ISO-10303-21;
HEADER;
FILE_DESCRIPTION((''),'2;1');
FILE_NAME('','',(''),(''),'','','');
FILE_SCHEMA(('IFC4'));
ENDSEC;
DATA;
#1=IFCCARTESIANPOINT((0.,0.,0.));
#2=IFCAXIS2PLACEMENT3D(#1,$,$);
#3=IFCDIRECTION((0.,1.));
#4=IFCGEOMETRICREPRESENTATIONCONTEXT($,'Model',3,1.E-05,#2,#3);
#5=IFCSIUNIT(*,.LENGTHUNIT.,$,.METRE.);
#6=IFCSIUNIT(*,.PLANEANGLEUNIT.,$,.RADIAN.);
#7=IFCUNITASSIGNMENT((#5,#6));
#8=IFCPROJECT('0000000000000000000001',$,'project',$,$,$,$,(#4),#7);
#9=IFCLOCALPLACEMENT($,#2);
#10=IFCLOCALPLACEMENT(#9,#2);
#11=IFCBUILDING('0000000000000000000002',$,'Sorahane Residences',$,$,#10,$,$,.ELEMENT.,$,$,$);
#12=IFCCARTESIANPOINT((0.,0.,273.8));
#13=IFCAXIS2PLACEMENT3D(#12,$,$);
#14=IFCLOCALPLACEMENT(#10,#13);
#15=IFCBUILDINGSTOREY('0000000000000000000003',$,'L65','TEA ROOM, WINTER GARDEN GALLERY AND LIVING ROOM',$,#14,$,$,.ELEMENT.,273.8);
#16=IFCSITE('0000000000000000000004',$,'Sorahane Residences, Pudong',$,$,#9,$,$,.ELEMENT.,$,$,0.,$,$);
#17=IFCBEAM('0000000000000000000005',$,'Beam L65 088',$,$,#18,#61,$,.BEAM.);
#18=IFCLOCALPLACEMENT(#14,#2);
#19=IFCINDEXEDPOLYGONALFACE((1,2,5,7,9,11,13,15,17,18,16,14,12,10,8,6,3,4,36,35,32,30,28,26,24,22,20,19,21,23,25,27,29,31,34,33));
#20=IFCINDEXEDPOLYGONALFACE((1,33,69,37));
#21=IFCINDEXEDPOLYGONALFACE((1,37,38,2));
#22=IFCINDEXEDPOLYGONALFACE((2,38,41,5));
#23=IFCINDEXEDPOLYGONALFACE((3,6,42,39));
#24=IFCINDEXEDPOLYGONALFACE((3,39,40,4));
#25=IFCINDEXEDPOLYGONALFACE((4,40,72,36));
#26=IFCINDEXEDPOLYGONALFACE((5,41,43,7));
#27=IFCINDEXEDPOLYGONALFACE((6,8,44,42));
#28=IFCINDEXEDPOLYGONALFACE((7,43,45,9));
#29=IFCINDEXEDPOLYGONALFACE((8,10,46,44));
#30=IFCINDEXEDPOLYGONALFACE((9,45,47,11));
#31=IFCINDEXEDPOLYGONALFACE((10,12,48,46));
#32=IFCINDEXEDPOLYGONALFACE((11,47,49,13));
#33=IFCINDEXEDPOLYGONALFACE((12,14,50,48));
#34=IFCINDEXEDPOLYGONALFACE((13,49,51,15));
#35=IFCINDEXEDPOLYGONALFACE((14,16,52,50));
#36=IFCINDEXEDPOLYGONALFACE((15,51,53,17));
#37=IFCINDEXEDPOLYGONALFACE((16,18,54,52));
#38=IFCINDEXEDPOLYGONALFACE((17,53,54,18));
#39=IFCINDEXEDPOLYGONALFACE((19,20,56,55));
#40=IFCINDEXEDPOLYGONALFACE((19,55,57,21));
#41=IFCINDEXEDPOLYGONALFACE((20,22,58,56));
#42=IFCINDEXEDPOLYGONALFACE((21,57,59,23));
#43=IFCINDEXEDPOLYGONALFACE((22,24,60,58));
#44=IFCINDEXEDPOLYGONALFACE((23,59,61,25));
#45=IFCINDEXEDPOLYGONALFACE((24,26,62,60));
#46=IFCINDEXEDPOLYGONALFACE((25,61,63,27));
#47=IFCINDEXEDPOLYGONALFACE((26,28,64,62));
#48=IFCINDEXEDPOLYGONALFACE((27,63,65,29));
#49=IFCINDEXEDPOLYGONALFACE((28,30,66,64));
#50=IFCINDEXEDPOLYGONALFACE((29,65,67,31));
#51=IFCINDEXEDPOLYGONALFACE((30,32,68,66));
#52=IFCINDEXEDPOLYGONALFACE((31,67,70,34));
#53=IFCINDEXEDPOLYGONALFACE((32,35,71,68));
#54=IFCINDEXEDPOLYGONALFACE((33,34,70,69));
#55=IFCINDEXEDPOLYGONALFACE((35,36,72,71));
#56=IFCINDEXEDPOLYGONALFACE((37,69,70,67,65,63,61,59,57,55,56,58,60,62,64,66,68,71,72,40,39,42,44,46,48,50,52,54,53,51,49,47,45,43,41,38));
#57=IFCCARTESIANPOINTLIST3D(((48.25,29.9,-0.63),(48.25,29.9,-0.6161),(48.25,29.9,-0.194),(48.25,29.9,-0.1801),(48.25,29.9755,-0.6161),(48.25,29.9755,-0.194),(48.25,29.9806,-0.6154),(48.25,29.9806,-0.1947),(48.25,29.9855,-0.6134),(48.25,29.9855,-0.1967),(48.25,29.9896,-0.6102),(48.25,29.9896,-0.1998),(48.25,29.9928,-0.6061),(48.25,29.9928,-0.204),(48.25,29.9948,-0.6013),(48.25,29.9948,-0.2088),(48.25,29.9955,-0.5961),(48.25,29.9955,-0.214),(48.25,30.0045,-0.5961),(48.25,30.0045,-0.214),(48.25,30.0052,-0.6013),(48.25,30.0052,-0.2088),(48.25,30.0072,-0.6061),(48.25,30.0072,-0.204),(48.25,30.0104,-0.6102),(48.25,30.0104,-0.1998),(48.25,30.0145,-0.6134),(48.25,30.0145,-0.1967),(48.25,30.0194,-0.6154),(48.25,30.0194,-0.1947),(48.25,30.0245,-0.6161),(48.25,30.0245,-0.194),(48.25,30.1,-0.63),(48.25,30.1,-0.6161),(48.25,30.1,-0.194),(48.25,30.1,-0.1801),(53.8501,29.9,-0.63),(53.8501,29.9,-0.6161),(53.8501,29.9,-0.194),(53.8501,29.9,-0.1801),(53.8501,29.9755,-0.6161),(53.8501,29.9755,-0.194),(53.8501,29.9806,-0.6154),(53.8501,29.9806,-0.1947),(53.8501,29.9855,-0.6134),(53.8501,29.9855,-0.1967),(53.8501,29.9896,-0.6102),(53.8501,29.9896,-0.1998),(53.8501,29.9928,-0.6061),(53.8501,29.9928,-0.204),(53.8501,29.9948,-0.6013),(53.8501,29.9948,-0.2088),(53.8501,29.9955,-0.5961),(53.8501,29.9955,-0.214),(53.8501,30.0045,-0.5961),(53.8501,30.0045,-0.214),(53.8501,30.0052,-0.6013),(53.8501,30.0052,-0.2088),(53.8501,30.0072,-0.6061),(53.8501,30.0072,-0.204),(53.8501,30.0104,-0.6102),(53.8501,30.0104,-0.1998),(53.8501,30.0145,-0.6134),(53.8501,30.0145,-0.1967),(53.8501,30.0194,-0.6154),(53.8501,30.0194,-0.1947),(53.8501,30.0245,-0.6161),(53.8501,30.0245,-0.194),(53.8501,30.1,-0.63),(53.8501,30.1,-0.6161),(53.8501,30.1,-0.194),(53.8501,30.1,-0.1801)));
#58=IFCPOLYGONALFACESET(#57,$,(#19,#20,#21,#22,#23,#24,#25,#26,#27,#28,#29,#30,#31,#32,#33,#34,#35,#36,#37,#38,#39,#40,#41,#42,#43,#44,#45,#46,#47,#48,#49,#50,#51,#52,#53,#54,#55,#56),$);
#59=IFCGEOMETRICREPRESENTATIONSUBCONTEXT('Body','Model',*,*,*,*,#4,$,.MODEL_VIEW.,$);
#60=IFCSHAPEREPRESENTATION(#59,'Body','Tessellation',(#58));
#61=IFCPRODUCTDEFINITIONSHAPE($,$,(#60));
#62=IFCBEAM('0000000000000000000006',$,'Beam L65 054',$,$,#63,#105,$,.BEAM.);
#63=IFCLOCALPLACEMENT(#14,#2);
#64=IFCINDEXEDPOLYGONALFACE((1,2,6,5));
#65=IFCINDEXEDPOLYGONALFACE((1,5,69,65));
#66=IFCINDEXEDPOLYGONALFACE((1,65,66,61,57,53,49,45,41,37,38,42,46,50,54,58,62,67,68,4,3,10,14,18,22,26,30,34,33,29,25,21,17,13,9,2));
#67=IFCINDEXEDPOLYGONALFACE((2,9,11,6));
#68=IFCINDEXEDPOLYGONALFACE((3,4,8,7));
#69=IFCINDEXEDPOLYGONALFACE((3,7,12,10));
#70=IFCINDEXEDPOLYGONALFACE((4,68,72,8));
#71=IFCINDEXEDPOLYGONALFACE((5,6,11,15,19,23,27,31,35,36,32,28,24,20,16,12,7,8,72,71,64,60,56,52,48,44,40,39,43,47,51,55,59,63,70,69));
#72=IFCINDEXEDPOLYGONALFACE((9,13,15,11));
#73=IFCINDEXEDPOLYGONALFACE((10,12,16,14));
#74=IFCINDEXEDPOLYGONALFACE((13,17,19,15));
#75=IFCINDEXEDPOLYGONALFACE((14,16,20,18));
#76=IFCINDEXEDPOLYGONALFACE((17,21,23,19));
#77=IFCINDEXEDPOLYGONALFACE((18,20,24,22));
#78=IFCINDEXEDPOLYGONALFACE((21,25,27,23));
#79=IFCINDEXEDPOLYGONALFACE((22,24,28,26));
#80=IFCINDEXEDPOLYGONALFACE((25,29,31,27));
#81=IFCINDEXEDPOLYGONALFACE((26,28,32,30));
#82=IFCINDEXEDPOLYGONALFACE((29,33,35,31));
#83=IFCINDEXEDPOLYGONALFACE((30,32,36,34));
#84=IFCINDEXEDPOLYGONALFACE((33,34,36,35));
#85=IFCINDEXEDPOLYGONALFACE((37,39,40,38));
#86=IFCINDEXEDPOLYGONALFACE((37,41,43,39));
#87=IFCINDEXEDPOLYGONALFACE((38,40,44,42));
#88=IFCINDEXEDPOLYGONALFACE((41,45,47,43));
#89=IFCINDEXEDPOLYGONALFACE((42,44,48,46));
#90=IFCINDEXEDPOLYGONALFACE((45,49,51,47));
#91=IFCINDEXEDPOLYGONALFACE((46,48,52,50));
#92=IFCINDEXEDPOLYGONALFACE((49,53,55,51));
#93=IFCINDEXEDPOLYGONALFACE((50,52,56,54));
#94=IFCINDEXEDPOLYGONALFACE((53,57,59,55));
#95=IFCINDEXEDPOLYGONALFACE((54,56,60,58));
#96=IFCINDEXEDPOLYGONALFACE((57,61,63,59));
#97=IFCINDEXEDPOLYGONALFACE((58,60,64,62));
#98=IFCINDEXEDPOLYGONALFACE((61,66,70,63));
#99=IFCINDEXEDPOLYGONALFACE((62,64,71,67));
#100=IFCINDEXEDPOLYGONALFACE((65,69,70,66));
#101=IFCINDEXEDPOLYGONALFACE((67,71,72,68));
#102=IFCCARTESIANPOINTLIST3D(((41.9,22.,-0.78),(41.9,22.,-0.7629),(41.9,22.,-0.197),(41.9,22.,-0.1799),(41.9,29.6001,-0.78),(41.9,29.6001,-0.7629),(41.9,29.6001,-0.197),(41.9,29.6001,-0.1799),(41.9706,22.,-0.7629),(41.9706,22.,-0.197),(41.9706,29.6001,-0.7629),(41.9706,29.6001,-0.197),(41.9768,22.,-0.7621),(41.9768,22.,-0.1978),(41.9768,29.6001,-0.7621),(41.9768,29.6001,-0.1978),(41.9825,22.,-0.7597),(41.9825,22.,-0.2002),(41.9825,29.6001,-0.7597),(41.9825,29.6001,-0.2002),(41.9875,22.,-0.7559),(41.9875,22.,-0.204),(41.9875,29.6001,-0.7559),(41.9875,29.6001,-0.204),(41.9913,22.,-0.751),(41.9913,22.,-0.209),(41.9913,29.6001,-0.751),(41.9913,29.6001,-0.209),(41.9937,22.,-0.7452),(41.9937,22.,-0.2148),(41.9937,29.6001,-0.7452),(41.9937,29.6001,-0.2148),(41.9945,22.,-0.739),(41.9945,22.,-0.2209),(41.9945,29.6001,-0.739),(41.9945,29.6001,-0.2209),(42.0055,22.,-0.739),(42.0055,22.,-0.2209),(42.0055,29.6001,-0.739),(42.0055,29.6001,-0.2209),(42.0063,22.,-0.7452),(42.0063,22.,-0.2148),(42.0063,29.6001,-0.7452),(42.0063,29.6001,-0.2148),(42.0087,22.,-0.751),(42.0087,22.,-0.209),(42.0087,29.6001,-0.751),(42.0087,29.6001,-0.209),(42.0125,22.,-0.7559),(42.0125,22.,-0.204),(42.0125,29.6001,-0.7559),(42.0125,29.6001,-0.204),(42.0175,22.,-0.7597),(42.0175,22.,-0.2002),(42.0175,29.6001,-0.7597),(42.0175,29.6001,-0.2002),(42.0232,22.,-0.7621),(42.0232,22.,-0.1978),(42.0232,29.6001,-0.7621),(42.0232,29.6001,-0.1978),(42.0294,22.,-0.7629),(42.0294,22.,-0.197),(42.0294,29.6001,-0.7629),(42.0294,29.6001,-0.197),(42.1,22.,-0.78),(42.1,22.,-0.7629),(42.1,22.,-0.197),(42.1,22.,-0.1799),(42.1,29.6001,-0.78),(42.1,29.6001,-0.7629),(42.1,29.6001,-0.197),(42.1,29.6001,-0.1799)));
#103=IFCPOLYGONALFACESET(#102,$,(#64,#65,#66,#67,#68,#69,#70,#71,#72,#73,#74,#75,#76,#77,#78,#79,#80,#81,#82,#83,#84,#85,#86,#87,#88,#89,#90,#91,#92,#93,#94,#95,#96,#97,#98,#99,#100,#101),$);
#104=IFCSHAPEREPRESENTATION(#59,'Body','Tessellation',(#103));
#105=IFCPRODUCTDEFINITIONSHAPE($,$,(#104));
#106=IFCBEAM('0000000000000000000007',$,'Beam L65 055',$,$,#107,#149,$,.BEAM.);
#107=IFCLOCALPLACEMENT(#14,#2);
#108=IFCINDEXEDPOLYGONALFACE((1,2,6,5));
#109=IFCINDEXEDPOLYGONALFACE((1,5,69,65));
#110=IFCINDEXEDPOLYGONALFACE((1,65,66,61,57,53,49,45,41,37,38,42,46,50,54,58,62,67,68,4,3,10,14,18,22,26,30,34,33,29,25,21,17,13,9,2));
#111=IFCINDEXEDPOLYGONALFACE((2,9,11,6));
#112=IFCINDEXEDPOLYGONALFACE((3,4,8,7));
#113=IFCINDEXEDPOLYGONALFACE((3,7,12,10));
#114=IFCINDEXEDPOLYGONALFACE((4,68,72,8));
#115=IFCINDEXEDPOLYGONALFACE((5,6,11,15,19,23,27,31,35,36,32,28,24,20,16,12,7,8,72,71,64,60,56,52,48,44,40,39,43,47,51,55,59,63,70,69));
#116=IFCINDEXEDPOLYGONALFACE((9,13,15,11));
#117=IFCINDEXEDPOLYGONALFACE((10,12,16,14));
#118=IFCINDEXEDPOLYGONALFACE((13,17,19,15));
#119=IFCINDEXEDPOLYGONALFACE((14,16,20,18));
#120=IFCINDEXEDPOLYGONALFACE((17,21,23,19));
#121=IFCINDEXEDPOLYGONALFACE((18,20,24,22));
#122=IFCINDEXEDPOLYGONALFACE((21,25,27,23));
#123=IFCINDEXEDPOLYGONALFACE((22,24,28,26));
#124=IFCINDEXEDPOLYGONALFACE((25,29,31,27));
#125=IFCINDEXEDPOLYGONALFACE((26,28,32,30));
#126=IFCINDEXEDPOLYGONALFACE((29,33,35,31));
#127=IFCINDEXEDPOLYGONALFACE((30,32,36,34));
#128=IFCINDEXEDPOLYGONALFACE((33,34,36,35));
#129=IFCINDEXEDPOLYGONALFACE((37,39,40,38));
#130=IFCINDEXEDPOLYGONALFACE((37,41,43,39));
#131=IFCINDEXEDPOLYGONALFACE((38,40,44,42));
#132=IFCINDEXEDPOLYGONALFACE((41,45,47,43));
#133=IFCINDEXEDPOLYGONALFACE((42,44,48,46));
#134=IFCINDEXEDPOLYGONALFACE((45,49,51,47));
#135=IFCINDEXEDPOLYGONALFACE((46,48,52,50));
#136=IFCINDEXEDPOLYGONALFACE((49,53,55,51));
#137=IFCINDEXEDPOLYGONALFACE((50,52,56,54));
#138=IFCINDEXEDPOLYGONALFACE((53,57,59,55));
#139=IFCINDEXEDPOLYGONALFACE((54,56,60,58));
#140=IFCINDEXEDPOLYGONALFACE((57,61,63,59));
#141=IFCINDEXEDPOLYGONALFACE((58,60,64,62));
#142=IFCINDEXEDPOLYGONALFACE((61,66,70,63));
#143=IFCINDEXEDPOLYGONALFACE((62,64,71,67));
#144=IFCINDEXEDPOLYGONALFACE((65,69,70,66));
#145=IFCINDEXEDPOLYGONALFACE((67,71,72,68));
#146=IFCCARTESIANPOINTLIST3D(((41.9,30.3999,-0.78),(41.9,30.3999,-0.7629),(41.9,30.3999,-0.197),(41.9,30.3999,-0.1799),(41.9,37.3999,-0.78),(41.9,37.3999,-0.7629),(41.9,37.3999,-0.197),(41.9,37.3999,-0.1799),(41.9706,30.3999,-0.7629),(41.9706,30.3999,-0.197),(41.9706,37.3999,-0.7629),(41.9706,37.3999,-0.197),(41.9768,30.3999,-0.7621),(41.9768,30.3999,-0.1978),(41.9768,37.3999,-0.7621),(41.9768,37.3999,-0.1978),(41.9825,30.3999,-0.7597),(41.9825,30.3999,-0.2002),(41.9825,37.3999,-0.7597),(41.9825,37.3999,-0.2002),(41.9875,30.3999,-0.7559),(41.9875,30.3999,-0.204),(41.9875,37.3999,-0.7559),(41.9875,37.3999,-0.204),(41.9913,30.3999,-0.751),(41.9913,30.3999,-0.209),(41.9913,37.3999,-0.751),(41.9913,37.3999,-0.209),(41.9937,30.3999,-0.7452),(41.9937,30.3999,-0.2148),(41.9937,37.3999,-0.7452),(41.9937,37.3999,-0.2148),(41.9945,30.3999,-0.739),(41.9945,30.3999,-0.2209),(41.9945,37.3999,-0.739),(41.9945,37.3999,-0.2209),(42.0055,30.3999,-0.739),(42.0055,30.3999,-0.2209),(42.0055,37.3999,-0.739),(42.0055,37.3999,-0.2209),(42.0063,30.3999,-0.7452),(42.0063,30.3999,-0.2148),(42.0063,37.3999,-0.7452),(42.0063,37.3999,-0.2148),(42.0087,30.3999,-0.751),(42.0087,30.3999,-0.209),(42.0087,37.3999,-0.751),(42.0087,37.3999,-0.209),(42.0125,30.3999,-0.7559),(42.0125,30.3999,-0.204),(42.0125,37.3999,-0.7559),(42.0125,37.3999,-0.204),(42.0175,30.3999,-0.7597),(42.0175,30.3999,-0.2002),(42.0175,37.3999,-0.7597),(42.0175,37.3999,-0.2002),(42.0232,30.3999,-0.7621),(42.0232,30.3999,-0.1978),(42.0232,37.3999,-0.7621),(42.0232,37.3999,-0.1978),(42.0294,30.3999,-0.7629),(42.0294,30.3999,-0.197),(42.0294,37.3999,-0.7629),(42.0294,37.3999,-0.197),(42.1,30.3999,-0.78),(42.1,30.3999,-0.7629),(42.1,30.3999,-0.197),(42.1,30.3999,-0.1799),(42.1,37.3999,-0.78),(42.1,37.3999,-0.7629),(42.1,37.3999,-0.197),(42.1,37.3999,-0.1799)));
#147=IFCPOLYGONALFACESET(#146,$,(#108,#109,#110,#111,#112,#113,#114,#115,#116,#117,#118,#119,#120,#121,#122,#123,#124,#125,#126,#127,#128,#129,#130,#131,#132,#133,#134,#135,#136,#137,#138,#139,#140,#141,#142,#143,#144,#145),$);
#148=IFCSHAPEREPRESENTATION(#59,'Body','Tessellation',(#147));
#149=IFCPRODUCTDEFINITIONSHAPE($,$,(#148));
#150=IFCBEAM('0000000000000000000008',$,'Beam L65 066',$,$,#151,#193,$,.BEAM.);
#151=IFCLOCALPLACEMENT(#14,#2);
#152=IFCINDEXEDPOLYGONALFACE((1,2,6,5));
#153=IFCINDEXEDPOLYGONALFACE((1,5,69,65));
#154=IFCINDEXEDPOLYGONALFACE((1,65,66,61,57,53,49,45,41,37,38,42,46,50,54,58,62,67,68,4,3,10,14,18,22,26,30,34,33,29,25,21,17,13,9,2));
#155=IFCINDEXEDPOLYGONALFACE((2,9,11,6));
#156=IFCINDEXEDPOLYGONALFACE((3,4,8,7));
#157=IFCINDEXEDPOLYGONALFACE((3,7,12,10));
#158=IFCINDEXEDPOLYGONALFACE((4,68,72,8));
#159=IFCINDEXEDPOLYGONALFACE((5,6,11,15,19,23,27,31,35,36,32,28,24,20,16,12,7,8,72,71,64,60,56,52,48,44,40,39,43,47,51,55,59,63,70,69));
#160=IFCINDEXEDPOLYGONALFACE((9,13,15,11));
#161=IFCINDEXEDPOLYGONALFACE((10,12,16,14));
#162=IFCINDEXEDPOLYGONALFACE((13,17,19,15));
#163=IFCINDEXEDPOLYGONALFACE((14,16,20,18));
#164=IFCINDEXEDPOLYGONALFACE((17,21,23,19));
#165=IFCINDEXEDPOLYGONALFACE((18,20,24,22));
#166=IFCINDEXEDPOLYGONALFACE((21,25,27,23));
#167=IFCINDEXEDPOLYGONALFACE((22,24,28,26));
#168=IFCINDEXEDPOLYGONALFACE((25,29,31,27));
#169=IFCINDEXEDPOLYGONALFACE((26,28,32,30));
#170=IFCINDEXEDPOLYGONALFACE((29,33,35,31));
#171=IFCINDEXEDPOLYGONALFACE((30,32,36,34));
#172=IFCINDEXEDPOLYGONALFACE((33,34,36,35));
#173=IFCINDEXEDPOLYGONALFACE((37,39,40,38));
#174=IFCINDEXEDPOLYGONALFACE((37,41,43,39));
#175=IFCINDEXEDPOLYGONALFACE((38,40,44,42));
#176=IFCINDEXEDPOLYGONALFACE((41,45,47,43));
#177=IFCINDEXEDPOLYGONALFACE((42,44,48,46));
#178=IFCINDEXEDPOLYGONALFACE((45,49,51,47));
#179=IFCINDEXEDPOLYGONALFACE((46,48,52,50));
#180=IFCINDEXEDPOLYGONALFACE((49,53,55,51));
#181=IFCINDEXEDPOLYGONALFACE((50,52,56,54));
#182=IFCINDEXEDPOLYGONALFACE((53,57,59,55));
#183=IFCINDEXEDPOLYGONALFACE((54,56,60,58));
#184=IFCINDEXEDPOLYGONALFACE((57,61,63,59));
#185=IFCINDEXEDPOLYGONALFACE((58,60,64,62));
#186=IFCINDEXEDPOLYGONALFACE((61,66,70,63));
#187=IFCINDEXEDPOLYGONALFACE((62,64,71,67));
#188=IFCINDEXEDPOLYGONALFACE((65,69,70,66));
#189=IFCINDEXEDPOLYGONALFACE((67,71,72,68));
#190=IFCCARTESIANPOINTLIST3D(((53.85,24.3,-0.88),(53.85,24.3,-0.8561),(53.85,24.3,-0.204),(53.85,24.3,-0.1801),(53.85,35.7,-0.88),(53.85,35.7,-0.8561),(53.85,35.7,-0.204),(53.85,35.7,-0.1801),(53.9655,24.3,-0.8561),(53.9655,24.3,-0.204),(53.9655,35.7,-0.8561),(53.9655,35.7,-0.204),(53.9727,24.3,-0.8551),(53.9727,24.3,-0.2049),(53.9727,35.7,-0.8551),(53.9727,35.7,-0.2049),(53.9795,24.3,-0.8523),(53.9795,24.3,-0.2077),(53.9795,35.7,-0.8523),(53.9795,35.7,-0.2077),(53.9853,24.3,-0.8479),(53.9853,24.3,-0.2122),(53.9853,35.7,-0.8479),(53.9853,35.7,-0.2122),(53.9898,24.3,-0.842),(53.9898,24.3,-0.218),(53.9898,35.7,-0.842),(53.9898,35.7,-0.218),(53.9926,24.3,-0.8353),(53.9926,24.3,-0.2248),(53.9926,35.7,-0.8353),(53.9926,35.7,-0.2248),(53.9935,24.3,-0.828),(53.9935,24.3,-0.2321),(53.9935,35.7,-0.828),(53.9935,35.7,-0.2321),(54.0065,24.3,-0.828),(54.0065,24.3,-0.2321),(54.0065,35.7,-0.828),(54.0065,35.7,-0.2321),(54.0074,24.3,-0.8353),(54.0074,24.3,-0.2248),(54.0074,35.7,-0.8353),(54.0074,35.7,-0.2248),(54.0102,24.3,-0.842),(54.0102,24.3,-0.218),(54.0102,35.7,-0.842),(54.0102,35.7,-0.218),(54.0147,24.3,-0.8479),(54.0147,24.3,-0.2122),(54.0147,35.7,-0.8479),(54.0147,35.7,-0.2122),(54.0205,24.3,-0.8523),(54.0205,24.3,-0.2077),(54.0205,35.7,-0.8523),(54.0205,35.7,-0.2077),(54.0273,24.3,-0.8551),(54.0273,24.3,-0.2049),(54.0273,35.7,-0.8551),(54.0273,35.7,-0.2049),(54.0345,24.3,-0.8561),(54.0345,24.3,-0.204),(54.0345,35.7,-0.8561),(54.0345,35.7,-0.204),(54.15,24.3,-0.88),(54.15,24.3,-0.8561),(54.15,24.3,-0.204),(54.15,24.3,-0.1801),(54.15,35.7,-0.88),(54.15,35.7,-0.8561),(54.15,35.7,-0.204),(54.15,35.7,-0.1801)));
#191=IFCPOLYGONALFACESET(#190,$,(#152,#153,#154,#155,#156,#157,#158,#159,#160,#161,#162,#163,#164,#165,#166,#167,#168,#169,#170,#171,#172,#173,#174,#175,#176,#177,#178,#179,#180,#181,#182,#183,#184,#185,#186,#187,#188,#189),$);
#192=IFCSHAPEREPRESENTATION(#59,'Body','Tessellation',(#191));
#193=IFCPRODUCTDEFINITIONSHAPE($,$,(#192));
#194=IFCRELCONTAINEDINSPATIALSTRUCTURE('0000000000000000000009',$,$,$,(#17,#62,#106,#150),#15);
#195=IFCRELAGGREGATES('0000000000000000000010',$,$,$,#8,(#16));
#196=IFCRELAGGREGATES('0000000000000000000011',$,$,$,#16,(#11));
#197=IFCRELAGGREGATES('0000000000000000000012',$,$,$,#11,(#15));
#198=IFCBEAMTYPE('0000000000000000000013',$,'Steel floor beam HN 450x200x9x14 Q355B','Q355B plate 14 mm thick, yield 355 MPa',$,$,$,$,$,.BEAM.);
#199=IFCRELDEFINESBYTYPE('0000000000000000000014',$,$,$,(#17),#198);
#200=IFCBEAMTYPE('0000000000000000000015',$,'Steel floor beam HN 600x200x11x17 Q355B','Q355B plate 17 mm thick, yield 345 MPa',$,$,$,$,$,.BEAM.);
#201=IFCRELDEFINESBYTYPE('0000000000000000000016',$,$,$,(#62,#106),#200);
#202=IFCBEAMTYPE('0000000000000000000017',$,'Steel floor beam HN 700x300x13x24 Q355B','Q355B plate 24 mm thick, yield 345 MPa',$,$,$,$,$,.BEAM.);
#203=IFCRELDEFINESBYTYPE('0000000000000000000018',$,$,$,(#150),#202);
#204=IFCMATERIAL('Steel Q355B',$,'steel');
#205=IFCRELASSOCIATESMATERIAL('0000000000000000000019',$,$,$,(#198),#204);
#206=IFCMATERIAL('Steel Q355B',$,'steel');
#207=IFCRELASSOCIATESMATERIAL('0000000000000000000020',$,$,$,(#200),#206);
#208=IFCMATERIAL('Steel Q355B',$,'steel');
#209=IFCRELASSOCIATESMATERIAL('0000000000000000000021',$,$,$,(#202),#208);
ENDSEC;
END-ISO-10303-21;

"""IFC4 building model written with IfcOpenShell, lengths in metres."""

from ifc_helpers import new_model, si_unit, direction, frame, origin, origin_2d, place, context, subcontext, project, spatial, i_section, extrude, material, material_profile, profile_set, type_object, element, save


model = new_model("IFC4")

# Units and contexts
model_context = context("Model", 3, precision=1e-05, world=origin(), true_north=direction((0.0, 1.0)))
body_context = subcontext(model_context, "Body", "Model", "MODEL_VIEW")
ifc_project = project(units=[si_unit("LENGTHUNIT", "METRE"), si_unit("PLANEANGLEUNIT", "RADIAN")], contexts=[model_context])

# Site, building, storey
site_placement = place(None, origin())
site = spatial("IfcSite", under=ifc_project, at=site_placement, Name="Sorahane Residences, Pudong", CompositionType="ELEMENT", RefElevation=0.0)
building_placement = place(site_placement, origin())
building = spatial("IfcBuilding", under=site, at=building_placement, Name="Sorahane Residences", CompositionType="ELEMENT")
storey_placement = place(building_placement, frame((0.0, 0.0, 273.8)))
storey = spatial("IfcBuildingStorey", under=building, at=storey_placement, Name="L65", Description="TEA ROOM, WINTER GARDEN GALLERY AND LIVING ROOM", CompositionType="ELEMENT", Elevation=273.8)

# Beams
ifc_material_1 = material(Name="Steel Q355B", Category="steel")
ifc_material_profile_1 = material_profile(ifc_material_1, i_section(OverallWidth=0.2, OverallDepth=0.45, WebThickness=0.009, FlangeThickness=0.0139, FilletRadius=0.02, at=origin_2d()), Name="HN 450x200x9x14")
ifc_profile_set_1 = profile_set([ifc_material_profile_1], Name="Steel Q355B")
beam_type_1 = type_object("IfcBeamType", Name="Steel floor beam HN 450x200x9x14 Q355B", Description="Q355B plate 14 mm thick, yield 355 MPa", PredefinedType="BEAM", material=ifc_profile_set_1)
beam_1_placement = place(storey_placement, frame((48.25, 30.0, -0.405), z_axis=(1.0, 0.0, 0.0), x_axis=(0.0, 1.0, 0.0)))
element("IfcBeam", 1, at=beam_1_placement, inside=storey, type_object=beam_type_1, Name="Beam L65 088", PredefinedType="BEAM", context=body_context, shape_type="SweptSolid", body=[
    extrude(i_section(OverallWidth=0.2, OverallDepth=0.45, WebThickness=0.009, FlangeThickness=0.0139, FilletRadius=0.02, at=origin_2d()), origin(), (0.0, 0.0, 1.0), 5.6001),
])
ifc_material_2 = material(Name="Steel Q355B", Category="steel")
ifc_material_profile_2 = material_profile(ifc_material_2, i_section(OverallWidth=0.2, OverallDepth=0.6001, WebThickness=0.011, FlangeThickness=0.0171, FilletRadius=0.0239, at=origin_2d()), Name="HN 600x200x11x17")
ifc_profile_set_2 = profile_set([ifc_material_profile_2], Name="Steel Q355B")
beam_type_2 = type_object("IfcBeamType", Name="Steel floor beam HN 600x200x11x17 Q355B", Description="Q355B plate 17 mm thick, yield 345 MPa", PredefinedType="BEAM", material=ifc_profile_set_2)
beam_2_placement = place(storey_placement, frame((42.0, 22.0, -0.48), z_axis=(0.0, 1.0, 0.0), x_axis=(-1.0, 0.0, 0.0)))
element("IfcBeam", 2, at=beam_2_placement, inside=storey, type_object=beam_type_2, Name="Beam L65 054", PredefinedType="BEAM", context=body_context, shape_type="SweptSolid", body=[
    extrude(i_section(OverallWidth=0.2, OverallDepth=0.6001, WebThickness=0.011, FlangeThickness=0.0171, FilletRadius=0.0239, at=origin_2d()), origin(), (0.0, 0.0, 1.0), 7.6001),
])
beam_3_placement = place(storey_placement, frame((42.0, 30.3999, -0.48), z_axis=(0.0, 1.0, 0.0), x_axis=(-1.0, 0.0, 0.0)))
element("IfcBeam", 3, at=beam_3_placement, inside=storey, type_object=beam_type_2, Name="Beam L65 055", PredefinedType="BEAM", context=body_context, shape_type="SweptSolid", body=[
    extrude(i_section(OverallWidth=0.2, OverallDepth=0.6001, WebThickness=0.011, FlangeThickness=0.0171, FilletRadius=0.0239, at=origin_2d()), origin(), (0.0, 0.0, 1.0), 7.0),
])
ifc_material_3 = material(Name="Steel Q355B", Category="steel")
ifc_material_profile_3 = material_profile(ifc_material_3, i_section(OverallWidth=0.3, OverallDepth=0.7, WebThickness=0.0129, FlangeThickness=0.0239, FilletRadius=0.0281, at=origin_2d()), Name="HN 700x300x13x24")
ifc_profile_set_3 = profile_set([ifc_material_profile_3], Name="Steel Q355B")
beam_type_3 = type_object("IfcBeamType", Name="Steel floor beam HN 700x300x13x24 Q355B", Description="Q355B plate 24 mm thick, yield 345 MPa", PredefinedType="BEAM", material=ifc_profile_set_3)
beam_4_placement = place(storey_placement, frame((54.0, 24.3, -0.53), z_axis=(0.0, 1.0, 0.0), x_axis=(-1.0, 0.0, 0.0)))
element("IfcBeam", 4, at=beam_4_placement, inside=storey, type_object=beam_type_3, Name="Beam L65 066", PredefinedType="BEAM", context=body_context, shape_type="SweptSolid", body=[
    extrude(i_section(OverallWidth=0.3, OverallDepth=0.7, WebThickness=0.0129, FlangeThickness=0.0239, FilletRadius=0.0281, at=origin_2d()), origin(), (0.0, 0.0, 1.0), 11.3999),
])

save(model, "model.ifc")
